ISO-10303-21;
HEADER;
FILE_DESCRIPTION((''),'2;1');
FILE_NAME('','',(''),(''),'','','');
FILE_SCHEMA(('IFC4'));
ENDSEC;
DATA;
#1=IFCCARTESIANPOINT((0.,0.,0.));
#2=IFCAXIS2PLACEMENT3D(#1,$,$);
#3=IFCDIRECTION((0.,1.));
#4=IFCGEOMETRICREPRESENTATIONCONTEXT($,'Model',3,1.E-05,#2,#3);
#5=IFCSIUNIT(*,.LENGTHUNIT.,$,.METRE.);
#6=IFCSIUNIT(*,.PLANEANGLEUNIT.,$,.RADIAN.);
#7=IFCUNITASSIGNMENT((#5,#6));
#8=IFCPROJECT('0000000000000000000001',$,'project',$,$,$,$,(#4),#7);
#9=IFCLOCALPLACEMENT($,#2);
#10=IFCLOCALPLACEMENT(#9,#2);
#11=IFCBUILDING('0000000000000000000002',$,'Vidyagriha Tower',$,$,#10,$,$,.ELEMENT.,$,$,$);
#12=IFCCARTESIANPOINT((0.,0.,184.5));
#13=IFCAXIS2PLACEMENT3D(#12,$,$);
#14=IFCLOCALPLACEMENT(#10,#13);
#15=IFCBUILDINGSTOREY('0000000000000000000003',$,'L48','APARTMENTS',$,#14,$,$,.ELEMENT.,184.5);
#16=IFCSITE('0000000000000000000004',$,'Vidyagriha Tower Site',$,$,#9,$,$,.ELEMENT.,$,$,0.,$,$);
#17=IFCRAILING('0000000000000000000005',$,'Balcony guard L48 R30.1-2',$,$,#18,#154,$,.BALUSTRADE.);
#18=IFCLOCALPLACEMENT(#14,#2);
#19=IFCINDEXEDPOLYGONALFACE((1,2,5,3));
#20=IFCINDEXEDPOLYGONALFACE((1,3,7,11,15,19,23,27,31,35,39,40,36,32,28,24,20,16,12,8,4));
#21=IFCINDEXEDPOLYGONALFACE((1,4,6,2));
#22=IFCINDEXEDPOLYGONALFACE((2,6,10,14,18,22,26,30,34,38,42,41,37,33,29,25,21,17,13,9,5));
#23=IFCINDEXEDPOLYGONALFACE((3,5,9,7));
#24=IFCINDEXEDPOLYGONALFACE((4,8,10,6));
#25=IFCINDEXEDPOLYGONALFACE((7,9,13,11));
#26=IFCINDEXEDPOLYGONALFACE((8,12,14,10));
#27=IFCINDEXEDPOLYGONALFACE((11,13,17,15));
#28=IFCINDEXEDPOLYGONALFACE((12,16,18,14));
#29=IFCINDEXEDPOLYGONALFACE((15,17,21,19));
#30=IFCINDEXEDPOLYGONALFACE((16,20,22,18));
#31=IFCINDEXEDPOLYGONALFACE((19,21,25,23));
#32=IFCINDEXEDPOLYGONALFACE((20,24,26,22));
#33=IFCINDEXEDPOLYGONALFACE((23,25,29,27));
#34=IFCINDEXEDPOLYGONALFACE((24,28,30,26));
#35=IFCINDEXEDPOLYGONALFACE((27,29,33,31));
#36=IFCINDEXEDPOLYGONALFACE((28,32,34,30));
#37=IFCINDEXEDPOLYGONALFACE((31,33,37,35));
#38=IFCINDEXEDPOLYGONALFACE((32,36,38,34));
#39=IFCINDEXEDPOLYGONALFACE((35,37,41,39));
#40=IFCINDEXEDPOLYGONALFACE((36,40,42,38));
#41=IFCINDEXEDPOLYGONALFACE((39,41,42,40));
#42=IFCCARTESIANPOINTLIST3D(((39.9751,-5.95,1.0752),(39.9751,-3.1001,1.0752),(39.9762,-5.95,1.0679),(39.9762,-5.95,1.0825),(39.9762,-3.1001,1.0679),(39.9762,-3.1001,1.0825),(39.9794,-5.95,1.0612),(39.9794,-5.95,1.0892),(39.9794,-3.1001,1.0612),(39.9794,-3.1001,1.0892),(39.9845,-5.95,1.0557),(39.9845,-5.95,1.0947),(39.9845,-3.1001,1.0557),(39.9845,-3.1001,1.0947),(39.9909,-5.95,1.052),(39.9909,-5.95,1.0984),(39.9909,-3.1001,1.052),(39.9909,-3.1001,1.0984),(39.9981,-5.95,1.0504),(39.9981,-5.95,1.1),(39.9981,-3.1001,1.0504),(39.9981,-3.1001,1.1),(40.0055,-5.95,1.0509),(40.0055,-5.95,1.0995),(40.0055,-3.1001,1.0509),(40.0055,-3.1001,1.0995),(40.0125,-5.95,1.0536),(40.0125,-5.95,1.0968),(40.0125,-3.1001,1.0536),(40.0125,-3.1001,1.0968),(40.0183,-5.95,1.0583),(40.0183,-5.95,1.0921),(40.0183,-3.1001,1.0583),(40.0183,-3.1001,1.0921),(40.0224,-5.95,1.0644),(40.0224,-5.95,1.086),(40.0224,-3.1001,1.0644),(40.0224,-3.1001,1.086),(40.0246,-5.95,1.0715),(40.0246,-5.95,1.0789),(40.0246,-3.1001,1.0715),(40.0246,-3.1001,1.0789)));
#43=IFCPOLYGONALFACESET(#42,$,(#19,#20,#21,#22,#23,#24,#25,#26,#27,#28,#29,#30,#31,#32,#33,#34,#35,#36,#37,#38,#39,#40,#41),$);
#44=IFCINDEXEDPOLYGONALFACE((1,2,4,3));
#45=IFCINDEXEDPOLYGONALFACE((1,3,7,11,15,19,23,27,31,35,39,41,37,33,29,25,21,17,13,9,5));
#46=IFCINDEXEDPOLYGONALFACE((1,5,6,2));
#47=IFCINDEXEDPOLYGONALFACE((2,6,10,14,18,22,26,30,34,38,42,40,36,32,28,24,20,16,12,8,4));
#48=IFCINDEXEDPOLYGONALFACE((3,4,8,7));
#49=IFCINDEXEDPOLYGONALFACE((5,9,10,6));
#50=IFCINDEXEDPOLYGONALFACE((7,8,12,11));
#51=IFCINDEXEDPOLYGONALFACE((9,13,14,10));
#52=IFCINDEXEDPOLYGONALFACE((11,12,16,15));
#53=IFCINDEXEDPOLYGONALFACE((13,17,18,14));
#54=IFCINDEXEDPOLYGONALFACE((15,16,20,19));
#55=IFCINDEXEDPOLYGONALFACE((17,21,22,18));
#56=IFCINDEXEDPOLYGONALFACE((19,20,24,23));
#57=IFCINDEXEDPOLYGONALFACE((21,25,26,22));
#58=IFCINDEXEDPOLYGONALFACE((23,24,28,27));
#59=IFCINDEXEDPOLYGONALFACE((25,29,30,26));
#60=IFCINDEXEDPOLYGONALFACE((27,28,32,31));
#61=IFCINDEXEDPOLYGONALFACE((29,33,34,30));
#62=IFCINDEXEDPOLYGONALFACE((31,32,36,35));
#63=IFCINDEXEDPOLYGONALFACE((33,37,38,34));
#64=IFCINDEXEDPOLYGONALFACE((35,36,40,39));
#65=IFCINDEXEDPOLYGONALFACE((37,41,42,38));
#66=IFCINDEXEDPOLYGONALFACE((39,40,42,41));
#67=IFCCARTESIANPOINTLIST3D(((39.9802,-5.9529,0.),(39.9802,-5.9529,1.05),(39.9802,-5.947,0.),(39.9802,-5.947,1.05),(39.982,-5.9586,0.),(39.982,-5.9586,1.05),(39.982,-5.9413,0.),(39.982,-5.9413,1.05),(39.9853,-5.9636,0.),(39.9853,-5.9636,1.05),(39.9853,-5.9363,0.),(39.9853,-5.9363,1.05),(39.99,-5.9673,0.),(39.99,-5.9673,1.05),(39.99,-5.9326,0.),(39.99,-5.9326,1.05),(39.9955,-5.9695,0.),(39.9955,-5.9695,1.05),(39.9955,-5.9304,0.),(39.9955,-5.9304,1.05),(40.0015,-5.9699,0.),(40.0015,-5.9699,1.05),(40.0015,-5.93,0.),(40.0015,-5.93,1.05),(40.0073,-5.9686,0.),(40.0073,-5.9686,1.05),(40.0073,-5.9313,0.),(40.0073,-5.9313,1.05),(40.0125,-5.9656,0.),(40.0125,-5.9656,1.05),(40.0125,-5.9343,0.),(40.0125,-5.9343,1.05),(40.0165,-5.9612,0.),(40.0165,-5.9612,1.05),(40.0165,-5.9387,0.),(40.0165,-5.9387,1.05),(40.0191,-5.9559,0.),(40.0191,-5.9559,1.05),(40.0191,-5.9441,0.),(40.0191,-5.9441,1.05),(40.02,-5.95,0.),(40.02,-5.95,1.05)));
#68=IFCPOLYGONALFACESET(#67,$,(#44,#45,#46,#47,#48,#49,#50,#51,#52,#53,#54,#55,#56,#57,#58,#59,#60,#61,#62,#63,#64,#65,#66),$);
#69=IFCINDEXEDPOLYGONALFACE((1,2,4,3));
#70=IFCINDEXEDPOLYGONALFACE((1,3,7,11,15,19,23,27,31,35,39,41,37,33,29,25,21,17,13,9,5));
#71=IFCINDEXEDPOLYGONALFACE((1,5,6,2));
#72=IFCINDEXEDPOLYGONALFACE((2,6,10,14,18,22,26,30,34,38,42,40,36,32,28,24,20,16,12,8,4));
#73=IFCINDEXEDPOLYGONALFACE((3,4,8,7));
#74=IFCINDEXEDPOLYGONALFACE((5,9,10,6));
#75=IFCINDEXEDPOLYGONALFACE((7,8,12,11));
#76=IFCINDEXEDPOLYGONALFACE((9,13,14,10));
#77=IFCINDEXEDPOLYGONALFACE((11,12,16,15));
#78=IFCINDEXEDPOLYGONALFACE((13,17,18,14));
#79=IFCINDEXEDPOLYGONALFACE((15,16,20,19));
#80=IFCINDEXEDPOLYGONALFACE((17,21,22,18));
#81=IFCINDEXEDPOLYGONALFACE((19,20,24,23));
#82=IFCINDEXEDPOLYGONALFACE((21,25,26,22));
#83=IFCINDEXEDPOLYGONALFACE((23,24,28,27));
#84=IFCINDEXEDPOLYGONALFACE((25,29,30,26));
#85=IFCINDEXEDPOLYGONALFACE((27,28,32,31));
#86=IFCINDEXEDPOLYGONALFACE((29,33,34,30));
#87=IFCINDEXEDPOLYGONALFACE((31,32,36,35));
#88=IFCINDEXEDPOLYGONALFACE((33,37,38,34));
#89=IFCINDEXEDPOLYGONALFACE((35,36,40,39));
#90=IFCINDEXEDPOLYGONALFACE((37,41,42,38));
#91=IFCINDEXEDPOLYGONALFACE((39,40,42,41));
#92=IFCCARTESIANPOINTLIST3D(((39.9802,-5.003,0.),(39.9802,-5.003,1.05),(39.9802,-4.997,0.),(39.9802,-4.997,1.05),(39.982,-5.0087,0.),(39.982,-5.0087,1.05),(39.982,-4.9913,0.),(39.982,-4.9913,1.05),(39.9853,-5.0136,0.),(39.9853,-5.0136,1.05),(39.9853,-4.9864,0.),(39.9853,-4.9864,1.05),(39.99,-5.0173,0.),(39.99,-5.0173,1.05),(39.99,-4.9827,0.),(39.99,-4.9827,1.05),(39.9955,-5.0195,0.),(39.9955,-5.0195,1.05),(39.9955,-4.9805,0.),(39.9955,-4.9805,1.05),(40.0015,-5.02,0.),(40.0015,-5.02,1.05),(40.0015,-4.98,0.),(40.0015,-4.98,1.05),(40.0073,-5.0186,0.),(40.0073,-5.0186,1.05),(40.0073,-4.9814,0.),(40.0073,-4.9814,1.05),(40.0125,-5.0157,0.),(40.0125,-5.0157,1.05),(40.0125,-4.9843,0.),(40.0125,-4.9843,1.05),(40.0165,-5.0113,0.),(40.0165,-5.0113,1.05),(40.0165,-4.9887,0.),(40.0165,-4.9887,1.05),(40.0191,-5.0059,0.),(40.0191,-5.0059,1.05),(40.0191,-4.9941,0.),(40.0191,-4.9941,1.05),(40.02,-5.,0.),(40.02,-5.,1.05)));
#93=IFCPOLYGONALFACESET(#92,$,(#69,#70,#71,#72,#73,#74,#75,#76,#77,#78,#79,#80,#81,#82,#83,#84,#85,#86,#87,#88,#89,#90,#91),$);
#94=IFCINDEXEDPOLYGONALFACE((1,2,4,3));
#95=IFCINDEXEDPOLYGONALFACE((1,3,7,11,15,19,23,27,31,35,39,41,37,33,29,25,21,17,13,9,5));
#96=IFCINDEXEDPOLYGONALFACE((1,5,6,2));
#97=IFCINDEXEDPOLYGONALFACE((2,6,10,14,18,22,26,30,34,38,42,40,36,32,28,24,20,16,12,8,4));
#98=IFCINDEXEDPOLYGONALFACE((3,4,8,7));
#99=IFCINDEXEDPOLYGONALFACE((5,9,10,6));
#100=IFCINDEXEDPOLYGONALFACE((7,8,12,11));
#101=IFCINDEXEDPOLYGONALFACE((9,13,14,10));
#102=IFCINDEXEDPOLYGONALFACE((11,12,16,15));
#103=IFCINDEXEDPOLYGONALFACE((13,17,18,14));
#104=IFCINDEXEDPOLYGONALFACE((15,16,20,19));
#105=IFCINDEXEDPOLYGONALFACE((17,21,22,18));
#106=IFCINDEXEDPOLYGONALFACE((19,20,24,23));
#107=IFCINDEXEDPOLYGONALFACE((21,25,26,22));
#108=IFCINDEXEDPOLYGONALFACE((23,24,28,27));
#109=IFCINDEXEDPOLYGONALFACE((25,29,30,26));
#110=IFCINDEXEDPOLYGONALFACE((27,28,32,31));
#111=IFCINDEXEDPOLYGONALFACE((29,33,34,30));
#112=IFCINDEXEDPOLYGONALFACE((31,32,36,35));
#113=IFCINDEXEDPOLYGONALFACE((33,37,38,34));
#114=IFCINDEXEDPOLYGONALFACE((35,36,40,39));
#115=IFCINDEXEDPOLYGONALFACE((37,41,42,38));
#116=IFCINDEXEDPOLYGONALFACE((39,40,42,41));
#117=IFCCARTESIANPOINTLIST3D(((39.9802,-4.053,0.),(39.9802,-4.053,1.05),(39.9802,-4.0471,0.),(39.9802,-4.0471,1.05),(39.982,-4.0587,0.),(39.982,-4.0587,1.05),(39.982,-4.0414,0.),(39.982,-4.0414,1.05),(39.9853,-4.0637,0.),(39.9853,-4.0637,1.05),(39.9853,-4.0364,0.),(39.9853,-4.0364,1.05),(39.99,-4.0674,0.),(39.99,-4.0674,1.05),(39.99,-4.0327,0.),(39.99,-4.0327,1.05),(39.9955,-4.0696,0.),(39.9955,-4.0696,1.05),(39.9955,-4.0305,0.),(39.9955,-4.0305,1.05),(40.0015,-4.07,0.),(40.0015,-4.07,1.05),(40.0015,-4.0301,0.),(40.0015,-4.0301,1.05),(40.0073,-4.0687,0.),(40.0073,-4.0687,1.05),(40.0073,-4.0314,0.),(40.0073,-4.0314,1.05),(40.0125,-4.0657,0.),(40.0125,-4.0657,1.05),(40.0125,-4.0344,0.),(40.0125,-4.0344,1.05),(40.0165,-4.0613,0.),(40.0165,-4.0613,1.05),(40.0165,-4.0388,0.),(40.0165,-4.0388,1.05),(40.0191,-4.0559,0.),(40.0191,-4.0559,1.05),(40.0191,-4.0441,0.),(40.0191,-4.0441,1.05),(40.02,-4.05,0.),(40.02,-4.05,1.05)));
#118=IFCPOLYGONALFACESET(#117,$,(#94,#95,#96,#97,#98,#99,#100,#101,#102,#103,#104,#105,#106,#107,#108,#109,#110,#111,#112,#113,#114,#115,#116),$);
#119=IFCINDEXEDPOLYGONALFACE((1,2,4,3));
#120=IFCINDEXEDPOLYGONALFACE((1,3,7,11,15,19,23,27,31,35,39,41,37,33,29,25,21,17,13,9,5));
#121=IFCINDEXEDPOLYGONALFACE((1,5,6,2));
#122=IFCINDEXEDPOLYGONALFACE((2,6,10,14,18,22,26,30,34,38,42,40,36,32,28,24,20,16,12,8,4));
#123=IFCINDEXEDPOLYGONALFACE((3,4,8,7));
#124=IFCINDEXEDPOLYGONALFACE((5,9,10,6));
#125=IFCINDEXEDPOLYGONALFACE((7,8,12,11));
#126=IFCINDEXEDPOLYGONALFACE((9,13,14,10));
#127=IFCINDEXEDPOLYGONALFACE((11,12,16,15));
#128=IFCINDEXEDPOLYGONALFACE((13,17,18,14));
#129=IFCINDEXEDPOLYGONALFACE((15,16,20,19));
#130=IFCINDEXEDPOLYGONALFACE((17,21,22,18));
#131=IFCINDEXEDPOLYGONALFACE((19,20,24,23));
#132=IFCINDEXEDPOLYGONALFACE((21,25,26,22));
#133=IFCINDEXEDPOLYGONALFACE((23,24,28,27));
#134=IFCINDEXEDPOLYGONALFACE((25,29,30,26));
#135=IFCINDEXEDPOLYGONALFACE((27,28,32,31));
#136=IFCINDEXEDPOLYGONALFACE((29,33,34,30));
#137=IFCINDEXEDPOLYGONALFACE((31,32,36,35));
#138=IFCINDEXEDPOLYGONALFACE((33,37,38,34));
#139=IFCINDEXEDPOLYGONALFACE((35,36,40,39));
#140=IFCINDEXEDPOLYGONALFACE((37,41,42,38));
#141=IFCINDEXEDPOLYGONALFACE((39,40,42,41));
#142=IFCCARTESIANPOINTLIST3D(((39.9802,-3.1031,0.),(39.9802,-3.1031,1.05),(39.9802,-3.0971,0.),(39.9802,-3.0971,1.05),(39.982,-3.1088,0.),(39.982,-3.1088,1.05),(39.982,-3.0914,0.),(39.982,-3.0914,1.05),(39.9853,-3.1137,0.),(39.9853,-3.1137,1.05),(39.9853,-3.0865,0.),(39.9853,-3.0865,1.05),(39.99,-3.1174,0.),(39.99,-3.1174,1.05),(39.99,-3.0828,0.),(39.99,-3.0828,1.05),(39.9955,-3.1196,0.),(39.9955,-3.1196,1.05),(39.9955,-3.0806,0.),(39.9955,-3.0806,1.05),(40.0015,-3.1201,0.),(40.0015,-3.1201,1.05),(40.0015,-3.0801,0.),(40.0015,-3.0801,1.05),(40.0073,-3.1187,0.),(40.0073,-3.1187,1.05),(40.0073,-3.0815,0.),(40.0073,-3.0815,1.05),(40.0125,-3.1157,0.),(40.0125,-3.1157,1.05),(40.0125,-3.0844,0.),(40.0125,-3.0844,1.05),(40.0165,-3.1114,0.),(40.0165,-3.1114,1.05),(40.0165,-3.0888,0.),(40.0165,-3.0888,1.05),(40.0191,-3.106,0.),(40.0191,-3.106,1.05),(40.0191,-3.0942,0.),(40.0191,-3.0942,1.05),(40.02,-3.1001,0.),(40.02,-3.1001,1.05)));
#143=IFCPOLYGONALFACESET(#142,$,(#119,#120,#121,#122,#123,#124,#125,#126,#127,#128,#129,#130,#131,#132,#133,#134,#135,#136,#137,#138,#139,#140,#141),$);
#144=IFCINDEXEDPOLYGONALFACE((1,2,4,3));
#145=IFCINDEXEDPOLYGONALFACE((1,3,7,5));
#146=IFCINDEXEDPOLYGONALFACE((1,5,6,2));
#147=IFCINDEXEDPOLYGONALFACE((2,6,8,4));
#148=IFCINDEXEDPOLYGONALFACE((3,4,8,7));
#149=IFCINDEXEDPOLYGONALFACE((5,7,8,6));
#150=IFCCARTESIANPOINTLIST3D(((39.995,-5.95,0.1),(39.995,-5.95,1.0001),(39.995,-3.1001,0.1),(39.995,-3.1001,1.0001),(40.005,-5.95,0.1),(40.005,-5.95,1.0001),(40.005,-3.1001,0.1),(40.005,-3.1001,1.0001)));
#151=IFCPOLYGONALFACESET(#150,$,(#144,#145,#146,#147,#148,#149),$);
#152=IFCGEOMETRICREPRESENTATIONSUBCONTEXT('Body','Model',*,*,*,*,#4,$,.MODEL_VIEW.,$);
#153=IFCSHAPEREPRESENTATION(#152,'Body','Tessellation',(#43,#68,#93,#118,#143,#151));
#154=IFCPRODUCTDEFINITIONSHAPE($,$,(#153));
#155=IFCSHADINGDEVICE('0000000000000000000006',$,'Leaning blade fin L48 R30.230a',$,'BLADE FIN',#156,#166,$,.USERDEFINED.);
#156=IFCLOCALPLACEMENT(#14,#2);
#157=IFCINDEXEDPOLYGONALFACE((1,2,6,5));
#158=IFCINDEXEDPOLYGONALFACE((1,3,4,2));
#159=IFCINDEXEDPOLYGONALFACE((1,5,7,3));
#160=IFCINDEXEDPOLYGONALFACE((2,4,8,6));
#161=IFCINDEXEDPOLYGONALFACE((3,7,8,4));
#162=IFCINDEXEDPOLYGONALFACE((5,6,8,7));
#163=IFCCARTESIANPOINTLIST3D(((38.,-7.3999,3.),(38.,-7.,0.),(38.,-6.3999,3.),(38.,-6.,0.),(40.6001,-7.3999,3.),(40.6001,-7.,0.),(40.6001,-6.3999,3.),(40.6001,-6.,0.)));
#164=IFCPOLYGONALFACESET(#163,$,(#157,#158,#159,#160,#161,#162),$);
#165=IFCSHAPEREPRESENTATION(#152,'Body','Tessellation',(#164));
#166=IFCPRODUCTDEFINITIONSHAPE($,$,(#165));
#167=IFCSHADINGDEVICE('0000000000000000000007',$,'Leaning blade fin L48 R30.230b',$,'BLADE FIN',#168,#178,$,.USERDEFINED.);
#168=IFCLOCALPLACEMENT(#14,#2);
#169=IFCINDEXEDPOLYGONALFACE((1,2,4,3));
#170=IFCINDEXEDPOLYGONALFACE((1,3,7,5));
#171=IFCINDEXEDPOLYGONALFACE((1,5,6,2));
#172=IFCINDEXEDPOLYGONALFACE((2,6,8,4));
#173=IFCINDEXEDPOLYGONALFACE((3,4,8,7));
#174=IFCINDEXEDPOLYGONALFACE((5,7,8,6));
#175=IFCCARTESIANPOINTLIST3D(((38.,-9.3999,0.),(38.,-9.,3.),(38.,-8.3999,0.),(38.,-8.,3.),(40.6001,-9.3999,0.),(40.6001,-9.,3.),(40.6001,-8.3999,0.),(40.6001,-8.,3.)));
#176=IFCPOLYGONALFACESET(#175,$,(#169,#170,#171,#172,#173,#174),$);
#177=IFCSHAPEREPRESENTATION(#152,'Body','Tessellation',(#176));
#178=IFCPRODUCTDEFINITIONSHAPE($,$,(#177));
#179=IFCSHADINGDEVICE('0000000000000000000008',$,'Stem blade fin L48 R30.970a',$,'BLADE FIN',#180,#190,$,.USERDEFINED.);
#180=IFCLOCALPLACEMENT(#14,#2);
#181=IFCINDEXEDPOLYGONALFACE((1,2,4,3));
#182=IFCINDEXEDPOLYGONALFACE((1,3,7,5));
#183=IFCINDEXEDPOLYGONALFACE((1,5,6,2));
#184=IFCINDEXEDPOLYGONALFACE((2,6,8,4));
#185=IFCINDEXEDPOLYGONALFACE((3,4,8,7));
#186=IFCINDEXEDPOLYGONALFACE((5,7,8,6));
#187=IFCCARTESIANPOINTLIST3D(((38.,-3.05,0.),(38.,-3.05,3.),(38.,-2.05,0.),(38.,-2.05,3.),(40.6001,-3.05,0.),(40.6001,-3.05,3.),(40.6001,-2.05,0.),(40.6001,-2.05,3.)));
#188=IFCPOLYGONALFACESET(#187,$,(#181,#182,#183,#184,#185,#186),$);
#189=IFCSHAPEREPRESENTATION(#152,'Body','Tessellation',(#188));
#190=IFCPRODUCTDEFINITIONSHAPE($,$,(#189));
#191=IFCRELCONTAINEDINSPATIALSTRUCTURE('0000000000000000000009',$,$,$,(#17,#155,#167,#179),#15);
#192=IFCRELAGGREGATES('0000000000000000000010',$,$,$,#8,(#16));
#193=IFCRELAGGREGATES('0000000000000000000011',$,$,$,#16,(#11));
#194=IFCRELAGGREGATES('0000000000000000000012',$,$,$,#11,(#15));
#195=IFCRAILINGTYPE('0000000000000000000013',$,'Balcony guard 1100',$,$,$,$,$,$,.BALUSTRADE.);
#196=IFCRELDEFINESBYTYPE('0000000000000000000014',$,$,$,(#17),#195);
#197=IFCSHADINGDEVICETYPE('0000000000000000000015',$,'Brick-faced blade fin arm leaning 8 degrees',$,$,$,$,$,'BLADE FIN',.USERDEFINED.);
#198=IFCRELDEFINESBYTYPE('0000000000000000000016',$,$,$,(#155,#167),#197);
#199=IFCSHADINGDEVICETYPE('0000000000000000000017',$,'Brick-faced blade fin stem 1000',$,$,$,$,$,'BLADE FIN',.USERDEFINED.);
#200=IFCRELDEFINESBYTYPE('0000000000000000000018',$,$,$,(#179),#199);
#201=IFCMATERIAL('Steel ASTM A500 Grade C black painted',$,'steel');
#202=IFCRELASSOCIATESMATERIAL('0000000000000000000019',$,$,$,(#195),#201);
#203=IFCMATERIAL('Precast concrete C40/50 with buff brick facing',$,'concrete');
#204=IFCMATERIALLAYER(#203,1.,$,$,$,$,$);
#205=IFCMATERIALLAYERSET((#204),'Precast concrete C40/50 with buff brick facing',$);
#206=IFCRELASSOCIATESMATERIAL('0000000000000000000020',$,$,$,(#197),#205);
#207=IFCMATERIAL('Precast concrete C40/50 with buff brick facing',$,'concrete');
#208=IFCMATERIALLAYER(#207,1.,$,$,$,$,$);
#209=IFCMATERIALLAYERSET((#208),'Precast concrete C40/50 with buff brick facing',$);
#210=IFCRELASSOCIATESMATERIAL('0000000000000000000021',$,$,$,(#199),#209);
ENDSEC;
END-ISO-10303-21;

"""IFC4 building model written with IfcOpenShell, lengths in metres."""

from ifc_helpers import new_model, si_unit, direction, frame, origin, origin_2d, place, context, subcontext, project, spatial, polyline, rectangle, circle, outline, extrude, material, layer, layer_set, type_object, element, save


model = new_model("IFC4")

# Units and contexts
model_context = context("Model", 3, precision=1e-05, world=origin(), true_north=direction((0.0, 1.0)))
body_context = subcontext(model_context, "Body", "Model", "MODEL_VIEW")
ifc_project = project(units=[si_unit("LENGTHUNIT", "METRE"), si_unit("PLANEANGLEUNIT", "RADIAN")], contexts=[model_context])

# Site, building, storey
site_placement = place(None, origin())
site = spatial("IfcSite", under=ifc_project, at=site_placement, Name="Vidyagriha Tower Site", CompositionType="ELEMENT", RefElevation=0.0)
building_placement = place(site_placement, origin())
building = spatial("IfcBuilding", under=site, at=building_placement, Name="Vidyagriha Tower", CompositionType="ELEMENT")
storey_placement = place(building_placement, frame((0.0, 0.0, 184.5)))
storey = spatial("IfcBuildingStorey", under=building, at=storey_placement, Name="L48", Description="APARTMENTS", CompositionType="ELEMENT", Elevation=184.5)

# Railing
ifc_material_1 = material(Name="Steel ASTM A500 Grade C black painted", Category="steel")
railing_type = type_object("IfcRailingType", Name="Balcony guard 1100", PredefinedType="BALUSTRADE", material=ifc_material_1)
railing_1_placement = place(storey_placement, frame((40.0, -5.95, 0.0)))
element("IfcRailing", 1, at=railing_1_placement, inside=storey, type_object=railing_type, Name="Balcony guard L48 R30.1-2", PredefinedType="BALUSTRADE", context=body_context, shape_type="SweptSolid", body=[
    extrude(circle(Radius=0.0249, at=origin_2d()), frame((0.0, 0.0, 1.0752), z_axis=(0.0, 1.0, 0.0), x_axis=(-1.0, 0.0, 0.0)), (0.0, 0.0, 1.0), 2.8499),
    extrude(circle(Radius=0.02, at=origin_2d()), origin(), (0.0, 0.0, 1.0), 1.05),
    extrude(circle(Radius=0.02, at=origin_2d()), frame((0.0, 0.95, 0.0)), (0.0, 0.0, 1.0), 1.05),
    extrude(circle(Radius=0.02, at=origin_2d()), frame((0.0, 1.8999, 0.0)), (0.0, 0.0, 1.0), 1.05),
    extrude(circle(Radius=0.02, at=origin_2d()), frame((0.0, 2.8499, 0.0)), (0.0, 0.0, 1.0), 1.05),
    extrude(rectangle(XDim=0.01, YDim=0.9001, at=origin_2d()), frame((0.0, 0.0, 0.55), z_axis=(0.0, 1.0, 0.0), x_axis=(-1.0, 0.0, 0.0)), (0.0, 0.0, 1.0), 2.8499),
])

# Shading devices
ifc_material_2 = material(Name="Precast concrete C40/50 with buff brick facing", Category="concrete")
ifc_layer_1 = layer(ifc_material_2, 1.0)
ifc_layer_set_1 = layer_set([ifc_layer_1], Name="Precast concrete C40/50 with buff brick facing")
shading_device_type_1 = type_object("IfcShadingDeviceType", Name="Brick-faced blade fin arm leaning 8 degrees", ElementType="BLADE FIN", PredefinedType="USERDEFINED", material=ifc_layer_set_1)
shading_device_1_placement = place(storey_placement, frame((39.3, -7.3999, 0.0), z_axis=(0.0, 0.0, 1.0), x_axis=(0.0, 1.0, 0.0)))
element("IfcShadingDevice", 2, at=shading_device_1_placement, inside=storey, type_object=shading_device_type_1, Name="Leaning blade fin L48 R30.230a", ObjectType="BLADE FIN", PredefinedType="USERDEFINED", context=body_context, shape_type="SweptSolid", body=[
    extrude(outline(polyline([(0.3999, 0.0), (1.3999, 0.0), (1.0, 3.0), (0.0, 3.0), (0.3999, 0.0)])), frame((0.0, 1.3, 0.0), z_axis=(0.0, -1.0, 0.0), x_axis=(1.0, 0.0, 0.0)), (0.0, 0.0, 1.0), 2.6001),
])
shading_device_2_placement = place(storey_placement, frame((39.3, -9.3999, 0.0), z_axis=(0.0, 0.0, 1.0), x_axis=(0.0, 1.0, 0.0)))
element("IfcShadingDevice", 3, at=shading_device_2_placement, inside=storey, type_object=shading_device_type_1, Name="Leaning blade fin L48 R30.230b", ObjectType="BLADE FIN", PredefinedType="USERDEFINED", context=body_context, shape_type="SweptSolid", body=[
    extrude(outline(polyline([(0.0, 0.0), (1.0, 0.0), (1.3999, 3.0), (0.3999, 3.0), (0.0, 0.0)])), frame((0.0, 1.3, 0.0), z_axis=(0.0, -1.0, 0.0), x_axis=(1.0, 0.0, 0.0)), (0.0, 0.0, 1.0), 2.6001),
])
ifc_material_3 = material(Name="Precast concrete C40/50 with buff brick facing", Category="concrete")
ifc_layer_2 = layer(ifc_material_3, 1.0)
ifc_layer_set_2 = layer_set([ifc_layer_2], Name="Precast concrete C40/50 with buff brick facing")
shading_device_type_2 = type_object("IfcShadingDeviceType", Name="Brick-faced blade fin stem 1000", ElementType="BLADE FIN", PredefinedType="USERDEFINED", material=ifc_layer_set_2)
shading_device_3_placement = place(storey_placement, frame((39.3, -3.05, 0.0), z_axis=(0.0, 0.0, 1.0), x_axis=(0.0, 1.0, 0.0)))
element("IfcShadingDevice", 4, at=shading_device_3_placement, inside=storey, type_object=shading_device_type_2, Name="Stem blade fin L48 R30.970a", ObjectType="BLADE FIN", PredefinedType="USERDEFINED", context=body_context, shape_type="SweptSolid", body=[
    extrude(outline(polyline([(0.0, 0.0), (1.0, 0.0), (1.0, 3.0), (0.0, 3.0), (0.0, 0.0)])), frame((0.0, 1.3, 0.0), z_axis=(0.0, -1.0, 0.0), x_axis=(1.0, 0.0, 0.0)), (0.0, 0.0, 1.0), 2.6001),
])

save(model, "model.ifc")
